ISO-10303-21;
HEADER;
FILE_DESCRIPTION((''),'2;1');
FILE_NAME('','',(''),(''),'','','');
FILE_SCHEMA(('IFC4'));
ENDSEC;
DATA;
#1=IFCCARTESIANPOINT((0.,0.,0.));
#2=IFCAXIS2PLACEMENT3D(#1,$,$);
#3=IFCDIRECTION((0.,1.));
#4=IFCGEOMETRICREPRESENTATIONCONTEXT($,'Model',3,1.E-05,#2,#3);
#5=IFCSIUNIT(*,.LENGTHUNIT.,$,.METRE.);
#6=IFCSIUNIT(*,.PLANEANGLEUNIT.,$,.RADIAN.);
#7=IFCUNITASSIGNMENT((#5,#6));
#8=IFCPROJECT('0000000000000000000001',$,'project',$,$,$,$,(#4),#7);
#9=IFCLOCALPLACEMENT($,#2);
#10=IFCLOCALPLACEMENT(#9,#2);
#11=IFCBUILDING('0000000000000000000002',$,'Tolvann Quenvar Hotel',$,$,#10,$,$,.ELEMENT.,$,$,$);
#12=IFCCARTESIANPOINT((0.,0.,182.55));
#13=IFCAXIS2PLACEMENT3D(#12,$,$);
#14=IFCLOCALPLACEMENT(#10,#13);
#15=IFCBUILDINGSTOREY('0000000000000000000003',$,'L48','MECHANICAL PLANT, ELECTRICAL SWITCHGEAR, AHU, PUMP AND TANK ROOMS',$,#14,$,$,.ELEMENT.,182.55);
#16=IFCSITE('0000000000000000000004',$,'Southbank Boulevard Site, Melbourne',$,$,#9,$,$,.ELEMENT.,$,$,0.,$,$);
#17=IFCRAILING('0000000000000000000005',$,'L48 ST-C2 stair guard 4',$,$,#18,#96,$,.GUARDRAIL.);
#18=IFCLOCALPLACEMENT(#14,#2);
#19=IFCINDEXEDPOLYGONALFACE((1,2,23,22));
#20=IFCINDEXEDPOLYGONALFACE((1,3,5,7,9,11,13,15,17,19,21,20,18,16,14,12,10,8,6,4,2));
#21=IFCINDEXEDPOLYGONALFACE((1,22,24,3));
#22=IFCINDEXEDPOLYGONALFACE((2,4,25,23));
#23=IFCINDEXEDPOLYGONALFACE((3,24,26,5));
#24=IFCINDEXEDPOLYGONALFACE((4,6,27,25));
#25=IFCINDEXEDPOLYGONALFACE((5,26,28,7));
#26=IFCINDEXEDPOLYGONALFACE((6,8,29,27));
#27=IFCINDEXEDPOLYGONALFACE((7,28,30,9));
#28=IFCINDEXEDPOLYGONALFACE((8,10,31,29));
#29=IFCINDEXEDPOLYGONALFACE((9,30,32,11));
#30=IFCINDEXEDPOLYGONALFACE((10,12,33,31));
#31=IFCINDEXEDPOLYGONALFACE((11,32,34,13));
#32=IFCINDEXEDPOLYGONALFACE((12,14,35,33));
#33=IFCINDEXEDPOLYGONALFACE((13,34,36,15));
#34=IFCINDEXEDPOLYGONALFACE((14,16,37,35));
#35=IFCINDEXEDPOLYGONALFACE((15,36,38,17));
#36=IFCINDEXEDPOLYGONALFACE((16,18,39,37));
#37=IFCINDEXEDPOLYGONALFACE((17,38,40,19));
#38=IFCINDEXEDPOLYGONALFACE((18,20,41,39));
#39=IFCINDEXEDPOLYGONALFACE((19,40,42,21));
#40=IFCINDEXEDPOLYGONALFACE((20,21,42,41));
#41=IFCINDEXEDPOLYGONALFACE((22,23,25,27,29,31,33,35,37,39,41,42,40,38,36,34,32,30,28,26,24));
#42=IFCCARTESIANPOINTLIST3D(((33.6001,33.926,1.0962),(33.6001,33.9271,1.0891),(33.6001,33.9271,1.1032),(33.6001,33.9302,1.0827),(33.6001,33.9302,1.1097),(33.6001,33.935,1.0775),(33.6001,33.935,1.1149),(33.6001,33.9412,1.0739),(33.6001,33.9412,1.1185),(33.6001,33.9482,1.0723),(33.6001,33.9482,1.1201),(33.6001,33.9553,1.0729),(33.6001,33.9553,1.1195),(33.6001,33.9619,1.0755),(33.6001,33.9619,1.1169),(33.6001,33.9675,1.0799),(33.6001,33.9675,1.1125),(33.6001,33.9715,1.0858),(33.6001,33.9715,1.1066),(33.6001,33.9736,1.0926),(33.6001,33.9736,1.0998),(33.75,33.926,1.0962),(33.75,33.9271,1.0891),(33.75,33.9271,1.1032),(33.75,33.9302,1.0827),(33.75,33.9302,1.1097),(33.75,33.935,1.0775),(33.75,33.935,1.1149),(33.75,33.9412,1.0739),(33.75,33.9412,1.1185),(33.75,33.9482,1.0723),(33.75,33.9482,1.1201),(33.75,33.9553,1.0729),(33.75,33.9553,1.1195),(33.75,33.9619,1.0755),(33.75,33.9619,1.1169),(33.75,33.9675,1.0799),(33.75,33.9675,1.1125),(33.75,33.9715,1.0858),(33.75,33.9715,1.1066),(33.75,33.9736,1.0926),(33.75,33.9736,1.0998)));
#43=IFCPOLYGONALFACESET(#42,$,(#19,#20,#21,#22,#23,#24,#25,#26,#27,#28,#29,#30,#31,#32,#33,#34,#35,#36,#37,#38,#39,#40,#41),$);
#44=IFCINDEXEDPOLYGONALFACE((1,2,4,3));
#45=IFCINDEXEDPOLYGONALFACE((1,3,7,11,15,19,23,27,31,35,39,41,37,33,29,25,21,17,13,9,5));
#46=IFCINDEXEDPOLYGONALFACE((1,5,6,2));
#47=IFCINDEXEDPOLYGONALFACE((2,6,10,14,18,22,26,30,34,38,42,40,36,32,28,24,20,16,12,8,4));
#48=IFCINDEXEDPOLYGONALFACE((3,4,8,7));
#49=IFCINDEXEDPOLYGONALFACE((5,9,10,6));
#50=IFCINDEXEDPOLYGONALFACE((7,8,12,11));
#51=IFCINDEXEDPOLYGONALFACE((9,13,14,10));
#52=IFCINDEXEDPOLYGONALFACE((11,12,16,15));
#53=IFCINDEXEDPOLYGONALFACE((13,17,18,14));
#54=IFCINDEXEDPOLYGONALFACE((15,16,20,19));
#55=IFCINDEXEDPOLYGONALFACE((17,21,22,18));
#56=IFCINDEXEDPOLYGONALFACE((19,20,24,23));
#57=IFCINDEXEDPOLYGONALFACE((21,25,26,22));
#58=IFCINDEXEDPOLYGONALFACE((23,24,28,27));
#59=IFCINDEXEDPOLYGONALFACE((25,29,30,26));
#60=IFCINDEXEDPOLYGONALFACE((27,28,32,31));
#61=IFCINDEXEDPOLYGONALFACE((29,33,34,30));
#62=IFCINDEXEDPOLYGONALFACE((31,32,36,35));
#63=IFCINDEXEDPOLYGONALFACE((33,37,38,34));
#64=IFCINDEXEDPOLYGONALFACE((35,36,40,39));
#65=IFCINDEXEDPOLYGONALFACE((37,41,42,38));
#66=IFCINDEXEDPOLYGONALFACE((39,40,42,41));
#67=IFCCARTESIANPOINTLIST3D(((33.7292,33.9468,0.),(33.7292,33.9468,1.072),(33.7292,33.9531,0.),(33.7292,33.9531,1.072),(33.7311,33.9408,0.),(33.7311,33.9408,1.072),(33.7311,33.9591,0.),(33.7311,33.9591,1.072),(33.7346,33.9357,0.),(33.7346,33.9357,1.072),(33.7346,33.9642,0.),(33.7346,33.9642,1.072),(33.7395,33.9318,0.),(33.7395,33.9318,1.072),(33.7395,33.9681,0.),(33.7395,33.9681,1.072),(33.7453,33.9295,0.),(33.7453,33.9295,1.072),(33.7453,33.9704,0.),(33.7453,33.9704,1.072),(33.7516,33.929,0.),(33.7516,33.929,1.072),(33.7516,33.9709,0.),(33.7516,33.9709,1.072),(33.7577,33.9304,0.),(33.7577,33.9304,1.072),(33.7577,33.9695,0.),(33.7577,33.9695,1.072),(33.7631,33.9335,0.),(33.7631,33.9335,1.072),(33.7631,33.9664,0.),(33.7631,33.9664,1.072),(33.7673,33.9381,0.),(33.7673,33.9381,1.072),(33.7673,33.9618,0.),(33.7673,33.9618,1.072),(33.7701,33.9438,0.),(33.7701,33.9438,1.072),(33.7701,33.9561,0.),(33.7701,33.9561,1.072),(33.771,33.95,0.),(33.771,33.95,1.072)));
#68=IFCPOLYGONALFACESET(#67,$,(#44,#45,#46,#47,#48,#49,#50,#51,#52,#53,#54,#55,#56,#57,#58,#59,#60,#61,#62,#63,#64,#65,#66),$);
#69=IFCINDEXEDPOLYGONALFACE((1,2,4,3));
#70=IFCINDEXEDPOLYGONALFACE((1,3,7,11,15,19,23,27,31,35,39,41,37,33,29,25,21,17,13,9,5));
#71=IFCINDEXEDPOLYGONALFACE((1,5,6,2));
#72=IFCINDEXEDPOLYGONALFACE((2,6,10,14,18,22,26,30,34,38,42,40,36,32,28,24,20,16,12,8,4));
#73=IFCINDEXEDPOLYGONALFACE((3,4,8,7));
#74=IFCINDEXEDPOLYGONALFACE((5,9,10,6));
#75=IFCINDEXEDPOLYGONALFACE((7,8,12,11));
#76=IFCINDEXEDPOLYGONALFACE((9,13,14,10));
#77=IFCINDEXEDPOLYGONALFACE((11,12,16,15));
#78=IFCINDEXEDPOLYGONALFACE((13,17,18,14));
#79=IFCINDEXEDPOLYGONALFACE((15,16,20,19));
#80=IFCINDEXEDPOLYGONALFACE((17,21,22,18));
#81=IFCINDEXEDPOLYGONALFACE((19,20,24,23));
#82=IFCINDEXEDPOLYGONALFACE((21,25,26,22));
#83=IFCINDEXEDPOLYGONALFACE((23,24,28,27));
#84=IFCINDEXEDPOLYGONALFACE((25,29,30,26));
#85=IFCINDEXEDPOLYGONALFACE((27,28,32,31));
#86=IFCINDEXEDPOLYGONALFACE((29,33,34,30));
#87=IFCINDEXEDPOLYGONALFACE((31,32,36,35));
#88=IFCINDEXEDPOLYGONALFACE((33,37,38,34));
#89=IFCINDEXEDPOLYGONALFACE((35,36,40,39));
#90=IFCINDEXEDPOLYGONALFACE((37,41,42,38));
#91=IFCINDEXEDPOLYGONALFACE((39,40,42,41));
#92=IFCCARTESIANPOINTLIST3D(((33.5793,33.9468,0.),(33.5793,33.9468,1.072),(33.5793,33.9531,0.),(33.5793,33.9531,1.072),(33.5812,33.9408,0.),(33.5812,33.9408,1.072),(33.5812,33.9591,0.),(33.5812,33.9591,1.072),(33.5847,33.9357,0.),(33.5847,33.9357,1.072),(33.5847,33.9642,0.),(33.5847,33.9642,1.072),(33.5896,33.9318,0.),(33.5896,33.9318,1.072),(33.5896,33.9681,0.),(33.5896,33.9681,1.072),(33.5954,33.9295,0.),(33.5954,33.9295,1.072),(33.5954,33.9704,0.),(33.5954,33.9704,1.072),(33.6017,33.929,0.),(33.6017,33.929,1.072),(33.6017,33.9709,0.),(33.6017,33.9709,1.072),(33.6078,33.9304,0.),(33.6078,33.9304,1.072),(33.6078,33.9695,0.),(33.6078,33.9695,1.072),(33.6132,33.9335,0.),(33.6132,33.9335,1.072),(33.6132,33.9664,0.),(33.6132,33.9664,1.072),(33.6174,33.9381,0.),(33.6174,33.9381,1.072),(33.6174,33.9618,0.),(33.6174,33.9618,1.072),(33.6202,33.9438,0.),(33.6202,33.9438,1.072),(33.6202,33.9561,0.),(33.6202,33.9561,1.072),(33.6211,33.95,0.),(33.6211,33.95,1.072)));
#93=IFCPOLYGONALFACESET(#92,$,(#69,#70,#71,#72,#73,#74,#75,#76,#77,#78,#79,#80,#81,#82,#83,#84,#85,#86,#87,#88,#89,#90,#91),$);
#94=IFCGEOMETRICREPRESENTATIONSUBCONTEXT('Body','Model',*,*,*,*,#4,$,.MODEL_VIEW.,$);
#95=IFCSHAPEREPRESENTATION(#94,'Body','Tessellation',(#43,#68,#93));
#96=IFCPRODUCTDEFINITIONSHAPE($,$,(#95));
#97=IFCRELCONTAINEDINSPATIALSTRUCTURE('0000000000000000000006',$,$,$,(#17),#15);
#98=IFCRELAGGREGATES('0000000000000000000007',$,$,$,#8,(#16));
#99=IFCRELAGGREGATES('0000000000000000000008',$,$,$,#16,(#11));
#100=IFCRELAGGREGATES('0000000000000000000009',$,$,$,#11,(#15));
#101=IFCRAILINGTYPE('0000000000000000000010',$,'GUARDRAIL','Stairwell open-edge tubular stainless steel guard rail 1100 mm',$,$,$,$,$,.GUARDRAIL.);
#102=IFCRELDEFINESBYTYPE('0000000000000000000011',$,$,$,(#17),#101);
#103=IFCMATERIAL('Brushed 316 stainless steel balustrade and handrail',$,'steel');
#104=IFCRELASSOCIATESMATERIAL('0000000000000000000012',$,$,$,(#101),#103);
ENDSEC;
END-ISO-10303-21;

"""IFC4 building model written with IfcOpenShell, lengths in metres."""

from ifc_helpers import new_model, si_unit, direction, frame, origin, origin_2d, place, context, subcontext, project, spatial, circle, extrude, material, type_object, element, save


model = new_model("IFC4")

# Units and contexts
model_context = context("Model", 3, precision=1e-05, world=origin(), true_north=direction((0.0, 1.0)))
body_context = subcontext(model_context, "Body", "Model", "MODEL_VIEW")
ifc_project = project(units=[si_unit("LENGTHUNIT", "METRE"), si_unit("PLANEANGLEUNIT", "RADIAN")], contexts=[model_context])

# Site, building, storey
site_placement = place(None, origin())
site = spatial("IfcSite", under=ifc_project, at=site_placement, Name="Southbank Boulevard Site, Melbourne", CompositionType="ELEMENT", RefElevation=0.0)
building_placement = place(site_placement, origin())
building = spatial("IfcBuilding", under=site, at=building_placement, Name="Tolvann Quenvar Hotel", CompositionType="ELEMENT")
storey_placement = place(building_placement, frame((0.0, 0.0, 182.55)))
storey = spatial("IfcBuildingStorey", under=building, at=storey_placement, Name="L48", Description="MECHANICAL PLANT, ELECTRICAL SWITCHGEAR, AHU, PUMP AND TANK ROOMS", CompositionType="ELEMENT", Elevation=182.55)

# Railing
ifc_material_1 = material(Name="Brushed 316 stainless steel balustrade and handrail", Category="steel")
railing_type = type_object("IfcRailingType", Name="GUARDRAIL", Description="Stairwell open-edge tubular stainless steel guard rail 1100 mm", PredefinedType="GUARDRAIL", material=ifc_material_1)
railing_1_placement = place(storey_placement, frame((33.75, 33.95, 0.0)))
element("IfcRailing", 1, at=railing_1_placement, inside=storey, type_object=railing_type, Name="L48 ST-C2 stair guard 4", PredefinedType="GUARDRAIL", context=body_context, shape_type="SweptSolid", body=[
    extrude(circle(Radius=0.0239, at=origin_2d()), frame((0.0, 0.0, 1.0962), z_axis=(-1.0, 0.0, 0.0), x_axis=(0.0, -1.0, 0.0)), (0.0, 0.0, 1.0), 0.1499),
    extrude(circle(Radius=0.021, at=origin_2d()), origin(), (0.0, 0.0, 1.0), 1.072),
    extrude(circle(Radius=0.021, at=origin_2d()), frame((-0.1499, 0.0, 0.0)), (0.0, 0.0, 1.0), 1.072),
])

save(model, "model.ifc")
